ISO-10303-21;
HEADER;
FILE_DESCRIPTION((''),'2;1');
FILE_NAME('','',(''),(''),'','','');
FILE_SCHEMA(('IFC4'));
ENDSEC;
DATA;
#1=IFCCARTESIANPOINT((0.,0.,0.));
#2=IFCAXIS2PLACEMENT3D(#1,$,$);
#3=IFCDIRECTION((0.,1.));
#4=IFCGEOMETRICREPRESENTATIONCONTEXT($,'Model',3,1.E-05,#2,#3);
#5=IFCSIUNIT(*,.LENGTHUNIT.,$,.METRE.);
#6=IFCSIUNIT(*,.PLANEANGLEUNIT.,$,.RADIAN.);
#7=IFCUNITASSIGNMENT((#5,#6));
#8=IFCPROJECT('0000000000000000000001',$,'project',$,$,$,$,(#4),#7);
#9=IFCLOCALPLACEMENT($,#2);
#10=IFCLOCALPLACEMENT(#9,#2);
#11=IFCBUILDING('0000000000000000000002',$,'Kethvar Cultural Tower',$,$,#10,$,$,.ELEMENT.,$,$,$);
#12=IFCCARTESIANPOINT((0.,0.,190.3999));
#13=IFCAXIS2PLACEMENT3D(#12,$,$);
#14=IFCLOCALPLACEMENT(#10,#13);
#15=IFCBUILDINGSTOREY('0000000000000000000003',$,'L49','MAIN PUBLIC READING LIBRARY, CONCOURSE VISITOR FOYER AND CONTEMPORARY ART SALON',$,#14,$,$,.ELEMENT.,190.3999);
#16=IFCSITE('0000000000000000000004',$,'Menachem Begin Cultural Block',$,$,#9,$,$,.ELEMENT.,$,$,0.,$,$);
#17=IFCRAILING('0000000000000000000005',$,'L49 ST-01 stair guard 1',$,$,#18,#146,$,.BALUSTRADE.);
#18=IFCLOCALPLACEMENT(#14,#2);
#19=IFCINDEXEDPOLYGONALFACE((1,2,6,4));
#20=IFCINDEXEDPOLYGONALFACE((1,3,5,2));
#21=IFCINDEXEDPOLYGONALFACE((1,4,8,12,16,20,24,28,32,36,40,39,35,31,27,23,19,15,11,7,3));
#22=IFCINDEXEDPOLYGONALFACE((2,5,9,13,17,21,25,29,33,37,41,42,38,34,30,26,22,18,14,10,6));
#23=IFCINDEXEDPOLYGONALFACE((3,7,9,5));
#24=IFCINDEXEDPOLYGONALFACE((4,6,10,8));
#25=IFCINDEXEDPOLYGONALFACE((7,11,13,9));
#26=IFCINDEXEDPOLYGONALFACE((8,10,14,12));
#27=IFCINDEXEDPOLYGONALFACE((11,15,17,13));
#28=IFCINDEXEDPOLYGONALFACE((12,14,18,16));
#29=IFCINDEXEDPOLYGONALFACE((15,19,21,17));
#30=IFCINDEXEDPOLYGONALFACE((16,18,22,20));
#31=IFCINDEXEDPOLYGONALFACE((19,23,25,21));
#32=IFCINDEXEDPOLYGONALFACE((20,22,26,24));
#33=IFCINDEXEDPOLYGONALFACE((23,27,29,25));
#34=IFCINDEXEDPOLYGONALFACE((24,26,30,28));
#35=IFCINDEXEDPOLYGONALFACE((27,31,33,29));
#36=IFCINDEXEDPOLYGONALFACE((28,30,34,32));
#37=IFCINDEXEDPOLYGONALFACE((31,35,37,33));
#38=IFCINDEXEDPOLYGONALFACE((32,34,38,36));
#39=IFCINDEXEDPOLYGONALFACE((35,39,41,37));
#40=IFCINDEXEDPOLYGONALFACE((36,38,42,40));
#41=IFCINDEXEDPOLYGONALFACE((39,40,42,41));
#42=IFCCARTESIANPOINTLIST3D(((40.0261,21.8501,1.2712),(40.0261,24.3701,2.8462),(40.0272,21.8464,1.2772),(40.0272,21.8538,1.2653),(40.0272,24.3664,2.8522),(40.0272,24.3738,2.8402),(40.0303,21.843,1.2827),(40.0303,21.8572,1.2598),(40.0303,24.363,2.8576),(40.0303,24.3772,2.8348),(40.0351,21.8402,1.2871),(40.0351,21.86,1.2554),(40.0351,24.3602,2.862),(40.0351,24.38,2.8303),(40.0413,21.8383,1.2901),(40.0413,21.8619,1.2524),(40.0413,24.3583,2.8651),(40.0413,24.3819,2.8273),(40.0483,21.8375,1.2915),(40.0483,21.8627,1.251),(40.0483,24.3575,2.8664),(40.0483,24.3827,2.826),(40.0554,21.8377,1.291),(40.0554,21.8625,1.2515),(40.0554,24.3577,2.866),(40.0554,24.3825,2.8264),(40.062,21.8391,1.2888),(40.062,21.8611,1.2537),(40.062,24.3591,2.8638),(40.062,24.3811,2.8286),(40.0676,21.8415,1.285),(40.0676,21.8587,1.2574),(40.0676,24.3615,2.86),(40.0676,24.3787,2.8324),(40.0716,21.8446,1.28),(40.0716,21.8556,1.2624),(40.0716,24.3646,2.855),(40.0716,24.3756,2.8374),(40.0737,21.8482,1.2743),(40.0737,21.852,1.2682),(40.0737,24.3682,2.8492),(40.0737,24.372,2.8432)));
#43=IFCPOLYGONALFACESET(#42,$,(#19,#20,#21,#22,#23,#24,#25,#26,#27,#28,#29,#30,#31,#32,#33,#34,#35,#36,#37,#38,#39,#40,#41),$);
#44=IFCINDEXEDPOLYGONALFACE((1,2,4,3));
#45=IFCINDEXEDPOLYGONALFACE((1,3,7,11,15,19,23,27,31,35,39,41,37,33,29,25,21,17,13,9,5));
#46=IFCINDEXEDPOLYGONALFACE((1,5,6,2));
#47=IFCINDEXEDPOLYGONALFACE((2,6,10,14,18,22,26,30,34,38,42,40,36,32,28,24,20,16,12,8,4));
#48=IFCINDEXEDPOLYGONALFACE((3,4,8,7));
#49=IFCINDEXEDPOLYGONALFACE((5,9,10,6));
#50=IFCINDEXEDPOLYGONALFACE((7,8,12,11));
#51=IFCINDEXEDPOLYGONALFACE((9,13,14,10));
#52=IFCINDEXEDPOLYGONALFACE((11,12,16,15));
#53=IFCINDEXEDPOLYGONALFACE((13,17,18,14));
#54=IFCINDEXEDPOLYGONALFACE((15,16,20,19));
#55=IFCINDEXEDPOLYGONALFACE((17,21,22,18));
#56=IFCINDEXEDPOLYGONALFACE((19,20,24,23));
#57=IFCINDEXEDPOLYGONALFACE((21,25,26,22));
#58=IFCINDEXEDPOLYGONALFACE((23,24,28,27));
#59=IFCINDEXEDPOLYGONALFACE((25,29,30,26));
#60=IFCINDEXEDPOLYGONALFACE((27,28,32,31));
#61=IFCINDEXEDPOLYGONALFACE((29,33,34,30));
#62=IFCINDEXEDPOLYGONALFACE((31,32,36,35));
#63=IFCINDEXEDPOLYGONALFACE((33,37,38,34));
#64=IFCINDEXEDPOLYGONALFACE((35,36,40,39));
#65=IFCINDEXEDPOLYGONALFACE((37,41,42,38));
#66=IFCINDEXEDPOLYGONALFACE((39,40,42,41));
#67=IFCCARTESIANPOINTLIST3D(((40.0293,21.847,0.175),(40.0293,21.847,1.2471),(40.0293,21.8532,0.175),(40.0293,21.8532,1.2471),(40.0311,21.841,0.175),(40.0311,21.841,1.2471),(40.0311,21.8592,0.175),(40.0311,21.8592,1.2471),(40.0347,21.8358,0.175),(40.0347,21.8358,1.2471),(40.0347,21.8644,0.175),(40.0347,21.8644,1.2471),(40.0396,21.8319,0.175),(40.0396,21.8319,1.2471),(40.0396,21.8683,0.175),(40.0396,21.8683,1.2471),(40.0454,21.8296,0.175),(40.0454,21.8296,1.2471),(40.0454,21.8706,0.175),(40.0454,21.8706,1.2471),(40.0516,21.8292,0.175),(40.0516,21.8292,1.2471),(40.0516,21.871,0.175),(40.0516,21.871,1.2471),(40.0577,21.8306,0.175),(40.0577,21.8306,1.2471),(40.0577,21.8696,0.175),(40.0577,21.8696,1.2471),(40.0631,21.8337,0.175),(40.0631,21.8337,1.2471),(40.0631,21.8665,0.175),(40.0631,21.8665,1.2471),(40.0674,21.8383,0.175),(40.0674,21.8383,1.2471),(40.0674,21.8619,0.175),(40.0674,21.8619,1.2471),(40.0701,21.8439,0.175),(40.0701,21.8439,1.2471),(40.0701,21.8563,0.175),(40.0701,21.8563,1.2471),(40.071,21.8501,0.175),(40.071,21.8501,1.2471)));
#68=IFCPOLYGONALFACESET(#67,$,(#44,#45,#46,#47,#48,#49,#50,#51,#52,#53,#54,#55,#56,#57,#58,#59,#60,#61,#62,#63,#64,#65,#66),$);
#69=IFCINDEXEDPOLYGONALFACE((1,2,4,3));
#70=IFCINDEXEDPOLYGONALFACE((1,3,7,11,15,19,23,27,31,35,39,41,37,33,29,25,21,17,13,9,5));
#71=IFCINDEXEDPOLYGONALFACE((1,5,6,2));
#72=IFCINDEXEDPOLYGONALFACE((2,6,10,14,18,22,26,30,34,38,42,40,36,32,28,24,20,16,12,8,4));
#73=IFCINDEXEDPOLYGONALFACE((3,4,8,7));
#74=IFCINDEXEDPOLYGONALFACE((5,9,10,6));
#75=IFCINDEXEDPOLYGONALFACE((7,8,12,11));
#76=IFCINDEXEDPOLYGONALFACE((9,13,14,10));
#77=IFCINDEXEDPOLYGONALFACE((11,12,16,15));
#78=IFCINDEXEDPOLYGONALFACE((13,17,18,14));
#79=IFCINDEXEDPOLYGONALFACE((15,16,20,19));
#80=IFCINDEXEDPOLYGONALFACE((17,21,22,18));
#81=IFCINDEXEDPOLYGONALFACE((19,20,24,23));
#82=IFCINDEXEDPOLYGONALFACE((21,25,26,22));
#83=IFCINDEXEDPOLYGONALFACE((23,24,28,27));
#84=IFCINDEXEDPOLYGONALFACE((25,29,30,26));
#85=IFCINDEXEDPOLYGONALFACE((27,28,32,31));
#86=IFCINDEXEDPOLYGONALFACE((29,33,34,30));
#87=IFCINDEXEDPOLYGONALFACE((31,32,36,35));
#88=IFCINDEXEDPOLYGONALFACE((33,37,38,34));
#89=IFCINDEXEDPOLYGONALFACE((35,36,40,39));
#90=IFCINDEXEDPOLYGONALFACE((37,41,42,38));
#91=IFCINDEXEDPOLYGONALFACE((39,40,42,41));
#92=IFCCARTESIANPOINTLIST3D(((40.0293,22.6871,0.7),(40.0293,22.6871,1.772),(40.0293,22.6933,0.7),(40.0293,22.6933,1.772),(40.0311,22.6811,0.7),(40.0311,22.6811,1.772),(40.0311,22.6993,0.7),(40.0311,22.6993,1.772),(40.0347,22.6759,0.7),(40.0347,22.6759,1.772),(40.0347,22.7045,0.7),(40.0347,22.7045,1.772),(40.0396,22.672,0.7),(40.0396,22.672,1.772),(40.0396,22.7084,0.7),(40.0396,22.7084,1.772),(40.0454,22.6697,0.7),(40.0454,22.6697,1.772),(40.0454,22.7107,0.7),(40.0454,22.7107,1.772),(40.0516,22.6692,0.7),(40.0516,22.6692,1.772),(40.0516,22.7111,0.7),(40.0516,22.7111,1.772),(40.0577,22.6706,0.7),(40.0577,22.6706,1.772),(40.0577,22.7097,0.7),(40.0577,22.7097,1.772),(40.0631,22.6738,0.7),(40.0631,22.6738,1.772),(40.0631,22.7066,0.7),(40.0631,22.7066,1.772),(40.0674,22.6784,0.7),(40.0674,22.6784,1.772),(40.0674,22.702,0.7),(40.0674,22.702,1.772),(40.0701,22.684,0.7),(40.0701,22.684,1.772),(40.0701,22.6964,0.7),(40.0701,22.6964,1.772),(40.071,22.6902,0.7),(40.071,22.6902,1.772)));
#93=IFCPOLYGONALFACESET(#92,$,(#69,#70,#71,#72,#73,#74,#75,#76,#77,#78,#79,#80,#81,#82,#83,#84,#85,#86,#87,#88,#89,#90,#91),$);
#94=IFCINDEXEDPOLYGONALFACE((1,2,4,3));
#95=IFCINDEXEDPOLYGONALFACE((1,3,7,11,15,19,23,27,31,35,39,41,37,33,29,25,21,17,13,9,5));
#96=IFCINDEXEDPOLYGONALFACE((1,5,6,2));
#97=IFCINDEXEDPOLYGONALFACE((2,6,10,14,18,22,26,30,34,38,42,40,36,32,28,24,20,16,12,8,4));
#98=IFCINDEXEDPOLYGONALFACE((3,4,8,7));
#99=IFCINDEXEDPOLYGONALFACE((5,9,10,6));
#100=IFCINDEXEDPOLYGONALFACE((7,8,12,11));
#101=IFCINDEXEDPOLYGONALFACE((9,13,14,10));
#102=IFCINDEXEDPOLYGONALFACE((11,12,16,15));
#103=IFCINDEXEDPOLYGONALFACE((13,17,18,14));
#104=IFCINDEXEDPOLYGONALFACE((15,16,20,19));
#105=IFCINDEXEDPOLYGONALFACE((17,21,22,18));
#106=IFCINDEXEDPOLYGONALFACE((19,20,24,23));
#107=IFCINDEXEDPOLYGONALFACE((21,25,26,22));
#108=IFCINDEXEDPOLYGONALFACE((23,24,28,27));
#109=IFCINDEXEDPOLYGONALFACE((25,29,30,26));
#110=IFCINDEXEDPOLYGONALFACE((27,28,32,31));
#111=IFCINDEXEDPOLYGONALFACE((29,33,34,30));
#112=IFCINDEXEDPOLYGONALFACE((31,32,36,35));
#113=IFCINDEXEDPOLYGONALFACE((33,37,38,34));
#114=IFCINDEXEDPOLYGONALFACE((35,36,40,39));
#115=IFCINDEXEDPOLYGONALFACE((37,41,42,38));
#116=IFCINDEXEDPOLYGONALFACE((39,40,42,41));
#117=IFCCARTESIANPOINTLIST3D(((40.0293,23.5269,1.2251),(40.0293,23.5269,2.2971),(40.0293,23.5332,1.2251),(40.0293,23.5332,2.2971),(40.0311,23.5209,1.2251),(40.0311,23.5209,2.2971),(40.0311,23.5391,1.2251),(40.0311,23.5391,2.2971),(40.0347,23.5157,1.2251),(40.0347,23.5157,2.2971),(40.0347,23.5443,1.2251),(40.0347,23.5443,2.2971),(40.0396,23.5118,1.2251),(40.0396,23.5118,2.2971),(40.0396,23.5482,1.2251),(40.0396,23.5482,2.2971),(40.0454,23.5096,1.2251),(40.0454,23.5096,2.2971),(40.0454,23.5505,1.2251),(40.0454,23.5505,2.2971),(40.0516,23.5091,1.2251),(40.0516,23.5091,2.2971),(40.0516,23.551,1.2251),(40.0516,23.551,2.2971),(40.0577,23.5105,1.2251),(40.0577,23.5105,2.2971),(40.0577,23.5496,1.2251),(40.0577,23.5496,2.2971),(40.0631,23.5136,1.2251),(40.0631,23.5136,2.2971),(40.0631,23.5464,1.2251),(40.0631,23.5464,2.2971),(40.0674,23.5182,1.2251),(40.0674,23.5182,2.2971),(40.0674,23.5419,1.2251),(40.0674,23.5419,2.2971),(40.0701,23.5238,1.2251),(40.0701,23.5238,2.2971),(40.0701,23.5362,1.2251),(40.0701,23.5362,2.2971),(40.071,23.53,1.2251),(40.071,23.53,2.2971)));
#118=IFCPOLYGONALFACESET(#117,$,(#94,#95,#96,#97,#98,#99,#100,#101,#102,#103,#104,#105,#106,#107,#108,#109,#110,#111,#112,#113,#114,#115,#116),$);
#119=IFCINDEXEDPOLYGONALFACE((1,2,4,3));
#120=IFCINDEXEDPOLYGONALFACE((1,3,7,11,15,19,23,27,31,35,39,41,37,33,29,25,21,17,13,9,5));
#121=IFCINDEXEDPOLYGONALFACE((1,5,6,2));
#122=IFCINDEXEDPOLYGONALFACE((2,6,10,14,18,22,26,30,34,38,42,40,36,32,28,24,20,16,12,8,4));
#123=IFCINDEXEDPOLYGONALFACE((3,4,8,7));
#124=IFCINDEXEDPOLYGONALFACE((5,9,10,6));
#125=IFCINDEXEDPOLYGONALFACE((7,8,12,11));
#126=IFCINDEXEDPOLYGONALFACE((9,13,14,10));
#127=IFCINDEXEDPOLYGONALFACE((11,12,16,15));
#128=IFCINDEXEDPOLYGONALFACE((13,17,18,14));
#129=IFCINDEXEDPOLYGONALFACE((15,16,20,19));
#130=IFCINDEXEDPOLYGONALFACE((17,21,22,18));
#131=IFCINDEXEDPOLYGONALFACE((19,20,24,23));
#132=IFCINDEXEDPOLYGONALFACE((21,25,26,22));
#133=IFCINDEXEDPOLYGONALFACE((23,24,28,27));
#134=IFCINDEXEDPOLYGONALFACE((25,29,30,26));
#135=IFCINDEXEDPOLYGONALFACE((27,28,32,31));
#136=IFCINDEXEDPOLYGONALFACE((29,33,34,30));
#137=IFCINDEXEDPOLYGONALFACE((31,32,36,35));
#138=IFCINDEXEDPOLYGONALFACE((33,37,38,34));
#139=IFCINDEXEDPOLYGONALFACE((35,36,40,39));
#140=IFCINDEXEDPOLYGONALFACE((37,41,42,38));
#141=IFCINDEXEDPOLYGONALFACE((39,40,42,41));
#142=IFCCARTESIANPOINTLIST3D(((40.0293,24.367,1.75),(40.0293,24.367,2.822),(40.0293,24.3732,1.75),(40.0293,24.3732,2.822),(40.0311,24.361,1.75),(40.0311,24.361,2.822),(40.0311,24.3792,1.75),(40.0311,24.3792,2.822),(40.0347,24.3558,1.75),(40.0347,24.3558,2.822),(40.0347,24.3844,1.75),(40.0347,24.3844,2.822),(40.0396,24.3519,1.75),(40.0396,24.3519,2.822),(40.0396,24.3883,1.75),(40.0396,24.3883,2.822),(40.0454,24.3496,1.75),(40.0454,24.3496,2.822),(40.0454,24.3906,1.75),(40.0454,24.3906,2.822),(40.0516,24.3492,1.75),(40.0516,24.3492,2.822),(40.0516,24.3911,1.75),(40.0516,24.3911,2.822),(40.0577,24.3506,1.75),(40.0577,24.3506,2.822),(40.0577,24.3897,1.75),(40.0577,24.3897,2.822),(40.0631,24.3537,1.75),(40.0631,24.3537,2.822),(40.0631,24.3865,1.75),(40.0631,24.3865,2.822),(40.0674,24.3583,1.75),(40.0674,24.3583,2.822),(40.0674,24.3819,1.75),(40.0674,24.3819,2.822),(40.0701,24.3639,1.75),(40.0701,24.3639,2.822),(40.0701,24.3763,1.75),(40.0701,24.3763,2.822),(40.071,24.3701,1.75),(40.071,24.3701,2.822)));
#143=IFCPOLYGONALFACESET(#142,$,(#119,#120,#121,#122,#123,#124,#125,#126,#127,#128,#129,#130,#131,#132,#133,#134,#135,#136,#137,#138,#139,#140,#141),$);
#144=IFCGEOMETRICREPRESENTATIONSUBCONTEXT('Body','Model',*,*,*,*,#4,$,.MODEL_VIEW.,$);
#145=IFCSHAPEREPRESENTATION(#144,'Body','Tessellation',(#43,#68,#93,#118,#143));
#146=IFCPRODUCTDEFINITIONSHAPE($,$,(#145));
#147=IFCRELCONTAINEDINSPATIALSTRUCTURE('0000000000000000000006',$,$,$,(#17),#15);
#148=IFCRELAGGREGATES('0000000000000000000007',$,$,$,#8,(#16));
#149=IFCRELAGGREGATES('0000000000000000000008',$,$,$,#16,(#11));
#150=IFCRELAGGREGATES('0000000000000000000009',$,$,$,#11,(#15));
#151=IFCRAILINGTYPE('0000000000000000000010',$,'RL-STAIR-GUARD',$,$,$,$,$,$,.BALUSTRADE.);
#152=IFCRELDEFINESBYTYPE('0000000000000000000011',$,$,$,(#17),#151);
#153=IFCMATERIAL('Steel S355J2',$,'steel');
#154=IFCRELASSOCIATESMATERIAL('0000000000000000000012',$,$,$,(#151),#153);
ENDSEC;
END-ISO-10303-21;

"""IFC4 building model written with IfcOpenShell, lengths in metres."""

from ifc_helpers import new_model, si_unit, direction, frame, origin, origin_2d, place, context, subcontext, project, spatial, circle, extrude, material, type_object, element, save


model = new_model("IFC4")

# Units and contexts
model_context = context("Model", 3, precision=1e-05, world=origin(), true_north=direction((0.0, 1.0)))
body_context = subcontext(model_context, "Body", "Model", "MODEL_VIEW")
ifc_project = project(units=[si_unit("LENGTHUNIT", "METRE"), si_unit("PLANEANGLEUNIT", "RADIAN")], contexts=[model_context])

# Site, building, storey
site_placement = place(None, origin())
site = spatial("IfcSite", under=ifc_project, at=site_placement, Name="Menachem Begin Cultural Block", CompositionType="ELEMENT", RefElevation=0.0)
building_placement = place(site_placement, origin())
building = spatial("IfcBuilding", under=site, at=building_placement, Name="Kethvar Cultural Tower", CompositionType="ELEMENT")
storey_placement = place(building_placement, frame((0.0, 0.0, 190.3999)))
storey = spatial("IfcBuildingStorey", under=building, at=storey_placement, Name="L49", Description="MAIN PUBLIC READING LIBRARY, CONCOURSE VISITOR FOYER AND CONTEMPORARY ART SALON", CompositionType="ELEMENT", Elevation=190.3999)

# Shared definitions
ifc_material_1 = material(Name="Steel S355J2", Category="steel")

# Railing
railing_type_1 = type_object("IfcRailingType", Name="RL-STAIR-GUARD", PredefinedType="BALUSTRADE", material=ifc_material_1)
railing_1_placement = place(storey_placement, frame((40.05, 21.8501, 0.175)))
element("IfcRailing", 1, at=railing_1_placement, inside=storey, type_object=railing_type_1, Name="L49 ST-01 stair guard 1", PredefinedType="BALUSTRADE", context=body_context, shape_type="SweptSolid", body=[
    extrude(circle(Radius=0.0239, at=origin_2d()), frame((0.0, 0.0, 1.0962), z_axis=(0.0, 0.848008, 0.529984), x_axis=(-1.0, 0.0, 0.0)), (0.0, 0.0, 1.0), 2.9717),
    extrude(circle(Radius=0.021, at=origin_2d()), origin(), (0.0, 0.0, 1.0), 1.072),
    extrude(circle(Radius=0.021, at=origin_2d()), frame((0.0, 0.8401, 0.5249)), (0.0, 0.0, 1.0), 1.072),
    extrude(circle(Radius=0.021, at=origin_2d()), frame((0.0, 1.6799, 1.05)), (0.0, 0.0, 1.0), 1.072),
    extrude(circle(Radius=0.021, at=origin_2d()), frame((0.0, 2.52, 1.575)), (0.0, 0.0, 1.0), 1.072),
])

save(model, "model.ifc")
